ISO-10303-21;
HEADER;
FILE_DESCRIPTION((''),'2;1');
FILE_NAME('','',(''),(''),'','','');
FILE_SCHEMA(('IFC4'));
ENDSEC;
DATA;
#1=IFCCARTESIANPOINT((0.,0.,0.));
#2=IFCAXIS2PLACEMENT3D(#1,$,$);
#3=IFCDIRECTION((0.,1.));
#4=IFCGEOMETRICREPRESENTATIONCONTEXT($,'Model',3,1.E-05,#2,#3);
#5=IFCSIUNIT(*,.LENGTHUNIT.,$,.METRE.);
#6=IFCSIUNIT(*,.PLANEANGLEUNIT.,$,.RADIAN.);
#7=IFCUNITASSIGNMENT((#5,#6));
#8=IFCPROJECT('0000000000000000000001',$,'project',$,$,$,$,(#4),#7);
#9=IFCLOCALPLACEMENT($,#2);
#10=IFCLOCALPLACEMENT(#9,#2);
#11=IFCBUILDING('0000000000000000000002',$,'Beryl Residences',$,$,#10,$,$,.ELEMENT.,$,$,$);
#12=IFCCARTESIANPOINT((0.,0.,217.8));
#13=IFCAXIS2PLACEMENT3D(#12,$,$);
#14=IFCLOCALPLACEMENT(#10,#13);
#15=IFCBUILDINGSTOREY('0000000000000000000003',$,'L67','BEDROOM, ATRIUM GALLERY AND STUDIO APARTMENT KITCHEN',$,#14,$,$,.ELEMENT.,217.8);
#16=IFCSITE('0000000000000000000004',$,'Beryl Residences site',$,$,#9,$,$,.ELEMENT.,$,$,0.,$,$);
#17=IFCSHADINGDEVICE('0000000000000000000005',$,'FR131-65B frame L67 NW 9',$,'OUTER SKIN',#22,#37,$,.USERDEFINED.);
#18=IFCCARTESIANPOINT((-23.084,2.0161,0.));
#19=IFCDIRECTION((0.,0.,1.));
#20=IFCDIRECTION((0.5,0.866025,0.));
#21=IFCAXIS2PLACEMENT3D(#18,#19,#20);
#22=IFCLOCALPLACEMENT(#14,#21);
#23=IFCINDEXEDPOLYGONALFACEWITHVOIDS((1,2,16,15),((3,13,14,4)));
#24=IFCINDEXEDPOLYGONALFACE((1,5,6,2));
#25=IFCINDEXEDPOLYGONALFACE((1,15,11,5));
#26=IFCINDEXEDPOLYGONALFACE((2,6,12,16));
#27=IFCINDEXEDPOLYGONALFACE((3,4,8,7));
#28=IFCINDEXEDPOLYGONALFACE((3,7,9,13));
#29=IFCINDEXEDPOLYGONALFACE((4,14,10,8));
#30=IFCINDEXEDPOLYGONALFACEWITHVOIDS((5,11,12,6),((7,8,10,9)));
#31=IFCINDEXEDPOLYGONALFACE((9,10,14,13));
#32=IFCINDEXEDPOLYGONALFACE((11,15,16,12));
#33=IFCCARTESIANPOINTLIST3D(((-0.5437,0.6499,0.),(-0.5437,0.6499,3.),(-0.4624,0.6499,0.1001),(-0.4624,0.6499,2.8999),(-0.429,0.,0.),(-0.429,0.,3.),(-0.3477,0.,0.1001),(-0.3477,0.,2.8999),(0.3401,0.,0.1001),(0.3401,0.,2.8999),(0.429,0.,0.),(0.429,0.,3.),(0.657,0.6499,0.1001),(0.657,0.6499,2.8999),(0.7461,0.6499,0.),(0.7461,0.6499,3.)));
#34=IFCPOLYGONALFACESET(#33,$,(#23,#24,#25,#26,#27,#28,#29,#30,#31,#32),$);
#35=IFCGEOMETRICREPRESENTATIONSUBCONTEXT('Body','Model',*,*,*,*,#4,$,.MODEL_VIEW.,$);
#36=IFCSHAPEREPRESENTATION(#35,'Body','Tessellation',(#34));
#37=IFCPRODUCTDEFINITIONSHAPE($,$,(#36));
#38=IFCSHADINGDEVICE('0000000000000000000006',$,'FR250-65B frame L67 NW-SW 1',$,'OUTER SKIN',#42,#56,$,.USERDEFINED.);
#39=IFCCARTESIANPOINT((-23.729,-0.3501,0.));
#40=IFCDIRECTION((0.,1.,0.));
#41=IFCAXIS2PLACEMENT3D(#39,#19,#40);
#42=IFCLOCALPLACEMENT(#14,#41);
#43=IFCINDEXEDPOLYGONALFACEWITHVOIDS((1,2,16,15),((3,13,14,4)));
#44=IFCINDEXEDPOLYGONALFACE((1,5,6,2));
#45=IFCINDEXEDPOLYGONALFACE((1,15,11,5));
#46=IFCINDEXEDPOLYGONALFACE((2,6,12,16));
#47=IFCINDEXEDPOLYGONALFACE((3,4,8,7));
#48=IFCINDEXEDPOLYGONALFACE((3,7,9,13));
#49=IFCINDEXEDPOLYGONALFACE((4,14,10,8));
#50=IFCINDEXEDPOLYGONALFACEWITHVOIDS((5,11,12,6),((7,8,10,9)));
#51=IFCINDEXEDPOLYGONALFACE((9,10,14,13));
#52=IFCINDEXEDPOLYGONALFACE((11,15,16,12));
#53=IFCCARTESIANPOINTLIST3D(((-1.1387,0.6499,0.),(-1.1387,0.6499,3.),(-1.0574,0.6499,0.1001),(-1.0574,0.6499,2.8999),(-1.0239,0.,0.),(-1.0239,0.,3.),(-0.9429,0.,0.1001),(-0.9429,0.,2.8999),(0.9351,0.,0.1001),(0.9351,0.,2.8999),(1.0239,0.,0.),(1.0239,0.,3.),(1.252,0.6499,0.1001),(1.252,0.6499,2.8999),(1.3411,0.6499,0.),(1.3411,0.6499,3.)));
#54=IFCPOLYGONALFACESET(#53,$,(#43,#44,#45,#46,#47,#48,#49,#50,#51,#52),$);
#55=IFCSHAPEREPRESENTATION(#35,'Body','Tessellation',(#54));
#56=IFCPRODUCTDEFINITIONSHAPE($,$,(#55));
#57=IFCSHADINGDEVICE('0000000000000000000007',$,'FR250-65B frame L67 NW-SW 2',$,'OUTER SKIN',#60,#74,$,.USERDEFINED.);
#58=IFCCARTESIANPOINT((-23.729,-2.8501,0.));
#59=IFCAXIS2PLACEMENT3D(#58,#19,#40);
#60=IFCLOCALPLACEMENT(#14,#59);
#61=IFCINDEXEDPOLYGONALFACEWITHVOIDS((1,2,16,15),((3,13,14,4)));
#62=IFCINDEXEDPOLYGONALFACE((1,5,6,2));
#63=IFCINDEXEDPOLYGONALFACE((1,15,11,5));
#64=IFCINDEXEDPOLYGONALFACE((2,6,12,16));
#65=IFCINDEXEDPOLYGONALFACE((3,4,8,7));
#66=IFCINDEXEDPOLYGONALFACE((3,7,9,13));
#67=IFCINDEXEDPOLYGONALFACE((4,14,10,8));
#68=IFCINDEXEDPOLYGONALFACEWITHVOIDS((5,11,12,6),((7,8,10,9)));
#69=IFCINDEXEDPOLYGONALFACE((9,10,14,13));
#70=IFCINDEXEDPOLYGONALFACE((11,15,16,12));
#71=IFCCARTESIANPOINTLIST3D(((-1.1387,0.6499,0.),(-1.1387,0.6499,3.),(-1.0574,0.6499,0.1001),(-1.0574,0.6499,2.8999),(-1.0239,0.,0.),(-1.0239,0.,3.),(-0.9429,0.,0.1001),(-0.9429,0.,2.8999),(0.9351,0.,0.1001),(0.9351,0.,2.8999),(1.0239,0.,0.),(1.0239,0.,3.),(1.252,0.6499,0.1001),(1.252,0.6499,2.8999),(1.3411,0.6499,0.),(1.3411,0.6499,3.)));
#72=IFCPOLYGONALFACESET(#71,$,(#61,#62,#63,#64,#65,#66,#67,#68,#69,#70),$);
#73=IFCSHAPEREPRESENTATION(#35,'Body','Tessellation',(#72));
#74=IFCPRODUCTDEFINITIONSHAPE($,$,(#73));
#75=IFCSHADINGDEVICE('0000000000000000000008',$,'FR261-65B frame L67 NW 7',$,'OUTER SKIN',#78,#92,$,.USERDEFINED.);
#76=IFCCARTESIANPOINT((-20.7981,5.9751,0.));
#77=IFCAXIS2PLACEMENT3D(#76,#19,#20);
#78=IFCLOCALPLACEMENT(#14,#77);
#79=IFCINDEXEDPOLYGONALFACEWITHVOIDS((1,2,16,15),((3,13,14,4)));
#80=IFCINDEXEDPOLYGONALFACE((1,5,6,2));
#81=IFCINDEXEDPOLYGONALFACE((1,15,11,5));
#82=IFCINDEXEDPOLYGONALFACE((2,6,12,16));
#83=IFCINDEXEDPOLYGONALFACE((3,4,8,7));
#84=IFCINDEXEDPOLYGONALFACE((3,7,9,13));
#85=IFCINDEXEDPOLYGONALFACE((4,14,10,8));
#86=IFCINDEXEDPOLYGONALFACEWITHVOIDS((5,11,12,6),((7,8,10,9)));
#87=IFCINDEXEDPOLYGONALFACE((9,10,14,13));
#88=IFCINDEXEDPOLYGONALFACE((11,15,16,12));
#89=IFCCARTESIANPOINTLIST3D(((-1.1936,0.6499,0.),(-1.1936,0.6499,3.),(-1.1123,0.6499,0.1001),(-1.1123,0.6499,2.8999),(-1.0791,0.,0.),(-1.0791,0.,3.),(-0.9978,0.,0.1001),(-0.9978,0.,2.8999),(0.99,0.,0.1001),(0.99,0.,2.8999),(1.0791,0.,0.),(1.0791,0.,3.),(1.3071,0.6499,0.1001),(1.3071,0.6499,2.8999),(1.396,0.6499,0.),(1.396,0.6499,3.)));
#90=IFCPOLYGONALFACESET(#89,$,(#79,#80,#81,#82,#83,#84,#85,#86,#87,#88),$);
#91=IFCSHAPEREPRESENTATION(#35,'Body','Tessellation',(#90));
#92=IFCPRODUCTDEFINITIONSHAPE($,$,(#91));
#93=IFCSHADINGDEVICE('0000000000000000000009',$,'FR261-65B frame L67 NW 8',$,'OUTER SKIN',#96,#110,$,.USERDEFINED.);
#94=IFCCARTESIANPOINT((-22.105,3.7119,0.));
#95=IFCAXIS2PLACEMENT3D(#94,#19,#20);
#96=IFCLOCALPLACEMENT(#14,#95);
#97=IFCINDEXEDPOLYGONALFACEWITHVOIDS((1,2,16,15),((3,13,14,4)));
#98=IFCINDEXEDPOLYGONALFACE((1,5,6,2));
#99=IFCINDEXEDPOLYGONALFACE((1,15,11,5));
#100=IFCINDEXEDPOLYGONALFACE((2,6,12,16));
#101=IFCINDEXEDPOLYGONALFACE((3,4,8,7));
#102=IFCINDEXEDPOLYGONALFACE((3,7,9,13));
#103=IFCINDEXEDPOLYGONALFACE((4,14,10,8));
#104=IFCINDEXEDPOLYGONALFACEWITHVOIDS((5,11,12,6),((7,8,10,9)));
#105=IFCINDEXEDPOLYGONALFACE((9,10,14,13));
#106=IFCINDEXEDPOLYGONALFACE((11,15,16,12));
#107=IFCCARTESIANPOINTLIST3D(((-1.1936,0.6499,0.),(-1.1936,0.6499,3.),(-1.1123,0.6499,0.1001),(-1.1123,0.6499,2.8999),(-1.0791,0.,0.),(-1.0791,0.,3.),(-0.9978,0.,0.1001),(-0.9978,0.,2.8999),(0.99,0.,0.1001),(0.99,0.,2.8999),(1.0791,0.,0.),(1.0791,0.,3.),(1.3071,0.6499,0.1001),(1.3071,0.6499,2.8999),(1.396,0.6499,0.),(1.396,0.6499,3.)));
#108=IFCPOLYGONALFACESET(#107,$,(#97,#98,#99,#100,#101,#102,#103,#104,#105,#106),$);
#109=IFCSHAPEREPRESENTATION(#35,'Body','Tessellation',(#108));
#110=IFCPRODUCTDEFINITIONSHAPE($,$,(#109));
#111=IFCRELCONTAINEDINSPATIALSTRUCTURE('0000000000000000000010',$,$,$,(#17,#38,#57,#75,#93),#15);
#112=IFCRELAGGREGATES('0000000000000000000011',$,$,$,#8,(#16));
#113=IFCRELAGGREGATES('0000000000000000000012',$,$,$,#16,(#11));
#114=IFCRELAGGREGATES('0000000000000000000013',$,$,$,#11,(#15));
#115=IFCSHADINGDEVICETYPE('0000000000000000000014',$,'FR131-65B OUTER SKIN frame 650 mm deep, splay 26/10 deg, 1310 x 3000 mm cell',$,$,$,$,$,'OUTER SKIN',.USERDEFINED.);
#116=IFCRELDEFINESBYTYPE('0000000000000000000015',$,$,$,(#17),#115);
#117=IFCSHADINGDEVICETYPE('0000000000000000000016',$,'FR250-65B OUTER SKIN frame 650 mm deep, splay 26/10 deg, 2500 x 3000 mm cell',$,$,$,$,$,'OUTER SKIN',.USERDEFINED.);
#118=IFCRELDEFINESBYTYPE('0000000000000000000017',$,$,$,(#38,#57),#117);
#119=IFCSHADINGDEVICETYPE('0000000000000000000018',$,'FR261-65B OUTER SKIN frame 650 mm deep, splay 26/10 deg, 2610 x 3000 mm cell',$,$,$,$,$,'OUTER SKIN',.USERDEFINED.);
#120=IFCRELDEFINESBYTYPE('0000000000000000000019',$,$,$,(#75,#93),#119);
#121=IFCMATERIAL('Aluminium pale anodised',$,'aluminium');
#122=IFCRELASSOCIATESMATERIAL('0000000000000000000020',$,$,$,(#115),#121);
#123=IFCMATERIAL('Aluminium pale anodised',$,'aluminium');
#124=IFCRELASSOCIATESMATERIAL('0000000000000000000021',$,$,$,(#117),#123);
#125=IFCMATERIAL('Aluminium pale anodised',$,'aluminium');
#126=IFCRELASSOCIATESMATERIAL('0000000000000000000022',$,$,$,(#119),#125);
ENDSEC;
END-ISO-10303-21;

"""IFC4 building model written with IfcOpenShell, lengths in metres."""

from ifc_helpers import new_model, entity, si_unit, direction, frame, origin, place, context, subcontext, project, spatial, source, transform, mapped, material, type_object, type_shapes, element, save


model = new_model("IFC4")

# Units and contexts
model_context = context("Model", 3, precision=1e-05, world=origin(), true_north=direction((0.0, 1.0)))
body_context = subcontext(model_context, "Body", "Model", "MODEL_VIEW")
ifc_project = project(units=[si_unit("LENGTHUNIT", "METRE"), si_unit("PLANEANGLEUNIT", "RADIAN")], contexts=[model_context])

# Site, building, storey
site_placement = place(None, origin())
site = spatial("IfcSite", under=ifc_project, at=site_placement, Name="Beryl Residences site", CompositionType="ELEMENT", RefElevation=0.0)
building_placement = place(site_placement, origin())
building = spatial("IfcBuilding", under=site, at=building_placement, Name="Beryl Residences", CompositionType="ELEMENT")
storey_placement = place(building_placement, frame((0.0, 0.0, 217.8)))
storey = spatial("IfcBuildingStorey", under=building, at=storey_placement, Name="L67", Description="BEDROOM, ATRIUM GALLERY AND STUDIO APARTMENT KITCHEN", CompositionType="ELEMENT", Elevation=217.8)

# Shading devices
ifc_material_1 = material(Name="Aluminium pale anodised", Category="aluminium")
shading_device_type_1 = type_object("IfcShadingDeviceType", Name="FR131-65B OUTER SKIN frame 650 mm deep, splay 26/10 deg, 1310 x 3000 mm cell", ElementType="OUTER SKIN", PredefinedType="USERDEFINED", material=ifc_material_1)
cartesian_point_1 = entity("IfcCartesianPoint", [-0.429, 0.0])
cartesian_point_2 = entity("IfcCartesianPoint", [-0.3401, 0.1001])
cartesian_point_3 = entity("IfcCartesianPoint", [-0.7461, 0.0])
cartesian_point_4 = entity("IfcCartesianPoint", [-0.657, 0.1001])
shared_shape_1 = source(origin(), body_context, "Body", "SweptSolid", [
    entity("IfcExtrudedAreaSolidTapered", entity("IfcArbitraryProfileDefWithVoids", "AREA", None, entity("IfcPolyline", [cartesian_point_1, entity("IfcCartesianPoint", [0.429, 0.0]), entity("IfcCartesianPoint", [0.429, 3.0]), entity("IfcCartesianPoint", [-0.429, 3.0]), cartesian_point_1]), [entity("IfcPolyline", [cartesian_point_2, entity("IfcCartesianPoint", [0.3477, 0.1001]), entity("IfcCartesianPoint", [0.3477, 2.8999]), entity("IfcCartesianPoint", [-0.3401, 2.8999]), cartesian_point_2])]), entity("IfcAxis2Placement3D", entity("IfcCartesianPoint", [0.0, 0.0, 0.0]), entity("IfcDirection", [0.0, 1.0, 0.0]), entity("IfcDirection", [-1.0, 0.0, 0.0])), entity("IfcDirection", [0.0, 0.0, 1.0]), 0.6499, entity("IfcArbitraryProfileDefWithVoids", "AREA", None, entity("IfcPolyline", [cartesian_point_3, entity("IfcCartesianPoint", [0.5437, 0.0]), entity("IfcCartesianPoint", [0.5437, 3.0]), entity("IfcCartesianPoint", [-0.7461, 3.0]), cartesian_point_3]), [entity("IfcPolyline", [cartesian_point_4, entity("IfcCartesianPoint", [0.4624, 0.1001]), entity("IfcCartesianPoint", [0.4624, 2.8999]), entity("IfcCartesianPoint", [-0.657, 2.8999]), cartesian_point_4])])),
])
type_shapes(shading_device_type_1, [shared_shape_1])
shading_device_placement = place(storey_placement, frame((-23.084, 2.0161, 0.0), z_axis=(0.0, 0.0, 1.0), x_axis=(0.5, 0.866025, 0.0)))
element("IfcShadingDevice", 1, at=shading_device_placement, inside=storey, type_object=shading_device_type_1, Name="FR131-65B frame L67 NW 9", ObjectType="OUTER SKIN", PredefinedType="USERDEFINED", context=body_context, shape_type="MappedRepresentation", body=[
    mapped(shared_shape_1, transform((0.0, 0.0, 0.0))),
])
ifc_material_2 = material(Name="Aluminium pale anodised", Category="aluminium")
shading_device_type_2 = type_object("IfcShadingDeviceType", Name="FR250-65B OUTER SKIN frame 650 mm deep, splay 26/10 deg, 2500 x 3000 mm cell", ElementType="OUTER SKIN", PredefinedType="USERDEFINED", material=ifc_material_2)
cartesian_point_5 = entity("IfcCartesianPoint", [-1.0239, 0.0])
cartesian_point_6 = entity("IfcCartesianPoint", [-0.9351, 0.1001])
cartesian_point_7 = entity("IfcCartesianPoint", [-1.3411, 0.0])
cartesian_point_8 = entity("IfcCartesianPoint", [-1.252, 0.1001])
shared_shape_2 = source(origin(), body_context, "Body", "SweptSolid", [
    entity("IfcExtrudedAreaSolidTapered", entity("IfcArbitraryProfileDefWithVoids", "AREA", None, entity("IfcPolyline", [cartesian_point_5, entity("IfcCartesianPoint", [1.0239, 0.0]), entity("IfcCartesianPoint", [1.0239, 3.0]), entity("IfcCartesianPoint", [-1.0239, 3.0]), cartesian_point_5]), [entity("IfcPolyline", [cartesian_point_6, entity("IfcCartesianPoint", [0.9429, 0.1001]), entity("IfcCartesianPoint", [0.9429, 2.8999]), entity("IfcCartesianPoint", [-0.9351, 2.8999]), cartesian_point_6])]), entity("IfcAxis2Placement3D", entity("IfcCartesianPoint", [0.0, 0.0, 0.0]), entity("IfcDirection", [0.0, 1.0, 0.0]), entity("IfcDirection", [-1.0, 0.0, 0.0])), entity("IfcDirection", [0.0, 0.0, 1.0]), 0.6499, entity("IfcArbitraryProfileDefWithVoids", "AREA", None, entity("IfcPolyline", [cartesian_point_7, entity("IfcCartesianPoint", [1.1387, 0.0]), entity("IfcCartesianPoint", [1.1387, 3.0]), entity("IfcCartesianPoint", [-1.3411, 3.0]), cartesian_point_7]), [entity("IfcPolyline", [cartesian_point_8, entity("IfcCartesianPoint", [1.0574, 0.1001]), entity("IfcCartesianPoint", [1.0574, 2.8999]), entity("IfcCartesianPoint", [-1.252, 2.8999]), cartesian_point_8])])),
])
type_shapes(shading_device_type_2, [shared_shape_2])
for number, where, z_axis, x_axis, name in (
    (2, (-23.729, -0.3501, 0.0), (0.0, 0.0, 1.0), (0.0, 1.0, 0.0), "FR250-65B frame L67 NW-SW 1"),
    (3, (-23.729, -2.8501, 0.0), (0.0, 0.0, 1.0), (0.0, 1.0, 0.0), "FR250-65B frame L67 NW-SW 2"),
):
    element("IfcShadingDevice", number, at=place(storey_placement, frame(where, z_axis=z_axis, x_axis=x_axis)), inside=storey, type_object=shading_device_type_2, Name=name, ObjectType="OUTER SKIN", PredefinedType="USERDEFINED", context=body_context, shape_type="MappedRepresentation", body=[
        mapped(shared_shape_2, transform((0.0, 0.0, 0.0))),
    ])
ifc_material_3 = material(Name="Aluminium pale anodised", Category="aluminium")
shading_device_type_3 = type_object("IfcShadingDeviceType", Name="FR261-65B OUTER SKIN frame 650 mm deep, splay 26/10 deg, 2610 x 3000 mm cell", ElementType="OUTER SKIN", PredefinedType="USERDEFINED", material=ifc_material_3)
cartesian_point_9 = entity("IfcCartesianPoint", [-1.0791, 0.0])
cartesian_point_10 = entity("IfcCartesianPoint", [-0.99, 0.1001])
cartesian_point_11 = entity("IfcCartesianPoint", [-1.396, 0.0])
cartesian_point_12 = entity("IfcCartesianPoint", [-1.3071, 0.1001])
shared_shape_3 = source(origin(), body_context, "Body", "SweptSolid", [
    entity("IfcExtrudedAreaSolidTapered", entity("IfcArbitraryProfileDefWithVoids", "AREA", None, entity("IfcPolyline", [cartesian_point_9, entity("IfcCartesianPoint", [1.0791, 0.0]), entity("IfcCartesianPoint", [1.0791, 3.0]), entity("IfcCartesianPoint", [-1.0791, 3.0]), cartesian_point_9]), [entity("IfcPolyline", [cartesian_point_10, entity("IfcCartesianPoint", [0.9978, 0.1001]), entity("IfcCartesianPoint", [0.9978, 2.8999]), entity("IfcCartesianPoint", [-0.99, 2.8999]), cartesian_point_10])]), entity("IfcAxis2Placement3D", entity("IfcCartesianPoint", [0.0, 0.0, 0.0]), entity("IfcDirection", [0.0, 1.0, 0.0]), entity("IfcDirection", [-1.0, 0.0, 0.0])), entity("IfcDirection", [0.0, 0.0, 1.0]), 0.6499, entity("IfcArbitraryProfileDefWithVoids", "AREA", None, entity("IfcPolyline", [cartesian_point_11, entity("IfcCartesianPoint", [1.1936, 0.0]), entity("IfcCartesianPoint", [1.1936, 3.0]), entity("IfcCartesianPoint", [-1.396, 3.0]), cartesian_point_11]), [entity("IfcPolyline", [cartesian_point_12, entity("IfcCartesianPoint", [1.1123, 0.1001]), entity("IfcCartesianPoint", [1.1123, 2.8999]), entity("IfcCartesianPoint", [-1.3071, 2.8999]), cartesian_point_12])])),
])
type_shapes(shading_device_type_3, [shared_shape_3])
for number, where, z_axis, x_axis, name in (
    (4, (-20.7981, 5.9751, 0.0), (0.0, 0.0, 1.0), (0.5, 0.866025, 0.0), "FR261-65B frame L67 NW 7"),
    (5, (-22.105, 3.7119, 0.0), (0.0, 0.0, 1.0), (0.5, 0.866025, 0.0), "FR261-65B frame L67 NW 8"),
):
    element("IfcShadingDevice", number, at=place(storey_placement, frame(where, z_axis=z_axis, x_axis=x_axis)), inside=storey, type_object=shading_device_type_3, Name=name, ObjectType="OUTER SKIN", PredefinedType="USERDEFINED", context=body_context, shape_type="MappedRepresentation", body=[
        mapped(shared_shape_3, transform((0.0, 0.0, 0.0))),
    ])

save(model, "model.ifc")
